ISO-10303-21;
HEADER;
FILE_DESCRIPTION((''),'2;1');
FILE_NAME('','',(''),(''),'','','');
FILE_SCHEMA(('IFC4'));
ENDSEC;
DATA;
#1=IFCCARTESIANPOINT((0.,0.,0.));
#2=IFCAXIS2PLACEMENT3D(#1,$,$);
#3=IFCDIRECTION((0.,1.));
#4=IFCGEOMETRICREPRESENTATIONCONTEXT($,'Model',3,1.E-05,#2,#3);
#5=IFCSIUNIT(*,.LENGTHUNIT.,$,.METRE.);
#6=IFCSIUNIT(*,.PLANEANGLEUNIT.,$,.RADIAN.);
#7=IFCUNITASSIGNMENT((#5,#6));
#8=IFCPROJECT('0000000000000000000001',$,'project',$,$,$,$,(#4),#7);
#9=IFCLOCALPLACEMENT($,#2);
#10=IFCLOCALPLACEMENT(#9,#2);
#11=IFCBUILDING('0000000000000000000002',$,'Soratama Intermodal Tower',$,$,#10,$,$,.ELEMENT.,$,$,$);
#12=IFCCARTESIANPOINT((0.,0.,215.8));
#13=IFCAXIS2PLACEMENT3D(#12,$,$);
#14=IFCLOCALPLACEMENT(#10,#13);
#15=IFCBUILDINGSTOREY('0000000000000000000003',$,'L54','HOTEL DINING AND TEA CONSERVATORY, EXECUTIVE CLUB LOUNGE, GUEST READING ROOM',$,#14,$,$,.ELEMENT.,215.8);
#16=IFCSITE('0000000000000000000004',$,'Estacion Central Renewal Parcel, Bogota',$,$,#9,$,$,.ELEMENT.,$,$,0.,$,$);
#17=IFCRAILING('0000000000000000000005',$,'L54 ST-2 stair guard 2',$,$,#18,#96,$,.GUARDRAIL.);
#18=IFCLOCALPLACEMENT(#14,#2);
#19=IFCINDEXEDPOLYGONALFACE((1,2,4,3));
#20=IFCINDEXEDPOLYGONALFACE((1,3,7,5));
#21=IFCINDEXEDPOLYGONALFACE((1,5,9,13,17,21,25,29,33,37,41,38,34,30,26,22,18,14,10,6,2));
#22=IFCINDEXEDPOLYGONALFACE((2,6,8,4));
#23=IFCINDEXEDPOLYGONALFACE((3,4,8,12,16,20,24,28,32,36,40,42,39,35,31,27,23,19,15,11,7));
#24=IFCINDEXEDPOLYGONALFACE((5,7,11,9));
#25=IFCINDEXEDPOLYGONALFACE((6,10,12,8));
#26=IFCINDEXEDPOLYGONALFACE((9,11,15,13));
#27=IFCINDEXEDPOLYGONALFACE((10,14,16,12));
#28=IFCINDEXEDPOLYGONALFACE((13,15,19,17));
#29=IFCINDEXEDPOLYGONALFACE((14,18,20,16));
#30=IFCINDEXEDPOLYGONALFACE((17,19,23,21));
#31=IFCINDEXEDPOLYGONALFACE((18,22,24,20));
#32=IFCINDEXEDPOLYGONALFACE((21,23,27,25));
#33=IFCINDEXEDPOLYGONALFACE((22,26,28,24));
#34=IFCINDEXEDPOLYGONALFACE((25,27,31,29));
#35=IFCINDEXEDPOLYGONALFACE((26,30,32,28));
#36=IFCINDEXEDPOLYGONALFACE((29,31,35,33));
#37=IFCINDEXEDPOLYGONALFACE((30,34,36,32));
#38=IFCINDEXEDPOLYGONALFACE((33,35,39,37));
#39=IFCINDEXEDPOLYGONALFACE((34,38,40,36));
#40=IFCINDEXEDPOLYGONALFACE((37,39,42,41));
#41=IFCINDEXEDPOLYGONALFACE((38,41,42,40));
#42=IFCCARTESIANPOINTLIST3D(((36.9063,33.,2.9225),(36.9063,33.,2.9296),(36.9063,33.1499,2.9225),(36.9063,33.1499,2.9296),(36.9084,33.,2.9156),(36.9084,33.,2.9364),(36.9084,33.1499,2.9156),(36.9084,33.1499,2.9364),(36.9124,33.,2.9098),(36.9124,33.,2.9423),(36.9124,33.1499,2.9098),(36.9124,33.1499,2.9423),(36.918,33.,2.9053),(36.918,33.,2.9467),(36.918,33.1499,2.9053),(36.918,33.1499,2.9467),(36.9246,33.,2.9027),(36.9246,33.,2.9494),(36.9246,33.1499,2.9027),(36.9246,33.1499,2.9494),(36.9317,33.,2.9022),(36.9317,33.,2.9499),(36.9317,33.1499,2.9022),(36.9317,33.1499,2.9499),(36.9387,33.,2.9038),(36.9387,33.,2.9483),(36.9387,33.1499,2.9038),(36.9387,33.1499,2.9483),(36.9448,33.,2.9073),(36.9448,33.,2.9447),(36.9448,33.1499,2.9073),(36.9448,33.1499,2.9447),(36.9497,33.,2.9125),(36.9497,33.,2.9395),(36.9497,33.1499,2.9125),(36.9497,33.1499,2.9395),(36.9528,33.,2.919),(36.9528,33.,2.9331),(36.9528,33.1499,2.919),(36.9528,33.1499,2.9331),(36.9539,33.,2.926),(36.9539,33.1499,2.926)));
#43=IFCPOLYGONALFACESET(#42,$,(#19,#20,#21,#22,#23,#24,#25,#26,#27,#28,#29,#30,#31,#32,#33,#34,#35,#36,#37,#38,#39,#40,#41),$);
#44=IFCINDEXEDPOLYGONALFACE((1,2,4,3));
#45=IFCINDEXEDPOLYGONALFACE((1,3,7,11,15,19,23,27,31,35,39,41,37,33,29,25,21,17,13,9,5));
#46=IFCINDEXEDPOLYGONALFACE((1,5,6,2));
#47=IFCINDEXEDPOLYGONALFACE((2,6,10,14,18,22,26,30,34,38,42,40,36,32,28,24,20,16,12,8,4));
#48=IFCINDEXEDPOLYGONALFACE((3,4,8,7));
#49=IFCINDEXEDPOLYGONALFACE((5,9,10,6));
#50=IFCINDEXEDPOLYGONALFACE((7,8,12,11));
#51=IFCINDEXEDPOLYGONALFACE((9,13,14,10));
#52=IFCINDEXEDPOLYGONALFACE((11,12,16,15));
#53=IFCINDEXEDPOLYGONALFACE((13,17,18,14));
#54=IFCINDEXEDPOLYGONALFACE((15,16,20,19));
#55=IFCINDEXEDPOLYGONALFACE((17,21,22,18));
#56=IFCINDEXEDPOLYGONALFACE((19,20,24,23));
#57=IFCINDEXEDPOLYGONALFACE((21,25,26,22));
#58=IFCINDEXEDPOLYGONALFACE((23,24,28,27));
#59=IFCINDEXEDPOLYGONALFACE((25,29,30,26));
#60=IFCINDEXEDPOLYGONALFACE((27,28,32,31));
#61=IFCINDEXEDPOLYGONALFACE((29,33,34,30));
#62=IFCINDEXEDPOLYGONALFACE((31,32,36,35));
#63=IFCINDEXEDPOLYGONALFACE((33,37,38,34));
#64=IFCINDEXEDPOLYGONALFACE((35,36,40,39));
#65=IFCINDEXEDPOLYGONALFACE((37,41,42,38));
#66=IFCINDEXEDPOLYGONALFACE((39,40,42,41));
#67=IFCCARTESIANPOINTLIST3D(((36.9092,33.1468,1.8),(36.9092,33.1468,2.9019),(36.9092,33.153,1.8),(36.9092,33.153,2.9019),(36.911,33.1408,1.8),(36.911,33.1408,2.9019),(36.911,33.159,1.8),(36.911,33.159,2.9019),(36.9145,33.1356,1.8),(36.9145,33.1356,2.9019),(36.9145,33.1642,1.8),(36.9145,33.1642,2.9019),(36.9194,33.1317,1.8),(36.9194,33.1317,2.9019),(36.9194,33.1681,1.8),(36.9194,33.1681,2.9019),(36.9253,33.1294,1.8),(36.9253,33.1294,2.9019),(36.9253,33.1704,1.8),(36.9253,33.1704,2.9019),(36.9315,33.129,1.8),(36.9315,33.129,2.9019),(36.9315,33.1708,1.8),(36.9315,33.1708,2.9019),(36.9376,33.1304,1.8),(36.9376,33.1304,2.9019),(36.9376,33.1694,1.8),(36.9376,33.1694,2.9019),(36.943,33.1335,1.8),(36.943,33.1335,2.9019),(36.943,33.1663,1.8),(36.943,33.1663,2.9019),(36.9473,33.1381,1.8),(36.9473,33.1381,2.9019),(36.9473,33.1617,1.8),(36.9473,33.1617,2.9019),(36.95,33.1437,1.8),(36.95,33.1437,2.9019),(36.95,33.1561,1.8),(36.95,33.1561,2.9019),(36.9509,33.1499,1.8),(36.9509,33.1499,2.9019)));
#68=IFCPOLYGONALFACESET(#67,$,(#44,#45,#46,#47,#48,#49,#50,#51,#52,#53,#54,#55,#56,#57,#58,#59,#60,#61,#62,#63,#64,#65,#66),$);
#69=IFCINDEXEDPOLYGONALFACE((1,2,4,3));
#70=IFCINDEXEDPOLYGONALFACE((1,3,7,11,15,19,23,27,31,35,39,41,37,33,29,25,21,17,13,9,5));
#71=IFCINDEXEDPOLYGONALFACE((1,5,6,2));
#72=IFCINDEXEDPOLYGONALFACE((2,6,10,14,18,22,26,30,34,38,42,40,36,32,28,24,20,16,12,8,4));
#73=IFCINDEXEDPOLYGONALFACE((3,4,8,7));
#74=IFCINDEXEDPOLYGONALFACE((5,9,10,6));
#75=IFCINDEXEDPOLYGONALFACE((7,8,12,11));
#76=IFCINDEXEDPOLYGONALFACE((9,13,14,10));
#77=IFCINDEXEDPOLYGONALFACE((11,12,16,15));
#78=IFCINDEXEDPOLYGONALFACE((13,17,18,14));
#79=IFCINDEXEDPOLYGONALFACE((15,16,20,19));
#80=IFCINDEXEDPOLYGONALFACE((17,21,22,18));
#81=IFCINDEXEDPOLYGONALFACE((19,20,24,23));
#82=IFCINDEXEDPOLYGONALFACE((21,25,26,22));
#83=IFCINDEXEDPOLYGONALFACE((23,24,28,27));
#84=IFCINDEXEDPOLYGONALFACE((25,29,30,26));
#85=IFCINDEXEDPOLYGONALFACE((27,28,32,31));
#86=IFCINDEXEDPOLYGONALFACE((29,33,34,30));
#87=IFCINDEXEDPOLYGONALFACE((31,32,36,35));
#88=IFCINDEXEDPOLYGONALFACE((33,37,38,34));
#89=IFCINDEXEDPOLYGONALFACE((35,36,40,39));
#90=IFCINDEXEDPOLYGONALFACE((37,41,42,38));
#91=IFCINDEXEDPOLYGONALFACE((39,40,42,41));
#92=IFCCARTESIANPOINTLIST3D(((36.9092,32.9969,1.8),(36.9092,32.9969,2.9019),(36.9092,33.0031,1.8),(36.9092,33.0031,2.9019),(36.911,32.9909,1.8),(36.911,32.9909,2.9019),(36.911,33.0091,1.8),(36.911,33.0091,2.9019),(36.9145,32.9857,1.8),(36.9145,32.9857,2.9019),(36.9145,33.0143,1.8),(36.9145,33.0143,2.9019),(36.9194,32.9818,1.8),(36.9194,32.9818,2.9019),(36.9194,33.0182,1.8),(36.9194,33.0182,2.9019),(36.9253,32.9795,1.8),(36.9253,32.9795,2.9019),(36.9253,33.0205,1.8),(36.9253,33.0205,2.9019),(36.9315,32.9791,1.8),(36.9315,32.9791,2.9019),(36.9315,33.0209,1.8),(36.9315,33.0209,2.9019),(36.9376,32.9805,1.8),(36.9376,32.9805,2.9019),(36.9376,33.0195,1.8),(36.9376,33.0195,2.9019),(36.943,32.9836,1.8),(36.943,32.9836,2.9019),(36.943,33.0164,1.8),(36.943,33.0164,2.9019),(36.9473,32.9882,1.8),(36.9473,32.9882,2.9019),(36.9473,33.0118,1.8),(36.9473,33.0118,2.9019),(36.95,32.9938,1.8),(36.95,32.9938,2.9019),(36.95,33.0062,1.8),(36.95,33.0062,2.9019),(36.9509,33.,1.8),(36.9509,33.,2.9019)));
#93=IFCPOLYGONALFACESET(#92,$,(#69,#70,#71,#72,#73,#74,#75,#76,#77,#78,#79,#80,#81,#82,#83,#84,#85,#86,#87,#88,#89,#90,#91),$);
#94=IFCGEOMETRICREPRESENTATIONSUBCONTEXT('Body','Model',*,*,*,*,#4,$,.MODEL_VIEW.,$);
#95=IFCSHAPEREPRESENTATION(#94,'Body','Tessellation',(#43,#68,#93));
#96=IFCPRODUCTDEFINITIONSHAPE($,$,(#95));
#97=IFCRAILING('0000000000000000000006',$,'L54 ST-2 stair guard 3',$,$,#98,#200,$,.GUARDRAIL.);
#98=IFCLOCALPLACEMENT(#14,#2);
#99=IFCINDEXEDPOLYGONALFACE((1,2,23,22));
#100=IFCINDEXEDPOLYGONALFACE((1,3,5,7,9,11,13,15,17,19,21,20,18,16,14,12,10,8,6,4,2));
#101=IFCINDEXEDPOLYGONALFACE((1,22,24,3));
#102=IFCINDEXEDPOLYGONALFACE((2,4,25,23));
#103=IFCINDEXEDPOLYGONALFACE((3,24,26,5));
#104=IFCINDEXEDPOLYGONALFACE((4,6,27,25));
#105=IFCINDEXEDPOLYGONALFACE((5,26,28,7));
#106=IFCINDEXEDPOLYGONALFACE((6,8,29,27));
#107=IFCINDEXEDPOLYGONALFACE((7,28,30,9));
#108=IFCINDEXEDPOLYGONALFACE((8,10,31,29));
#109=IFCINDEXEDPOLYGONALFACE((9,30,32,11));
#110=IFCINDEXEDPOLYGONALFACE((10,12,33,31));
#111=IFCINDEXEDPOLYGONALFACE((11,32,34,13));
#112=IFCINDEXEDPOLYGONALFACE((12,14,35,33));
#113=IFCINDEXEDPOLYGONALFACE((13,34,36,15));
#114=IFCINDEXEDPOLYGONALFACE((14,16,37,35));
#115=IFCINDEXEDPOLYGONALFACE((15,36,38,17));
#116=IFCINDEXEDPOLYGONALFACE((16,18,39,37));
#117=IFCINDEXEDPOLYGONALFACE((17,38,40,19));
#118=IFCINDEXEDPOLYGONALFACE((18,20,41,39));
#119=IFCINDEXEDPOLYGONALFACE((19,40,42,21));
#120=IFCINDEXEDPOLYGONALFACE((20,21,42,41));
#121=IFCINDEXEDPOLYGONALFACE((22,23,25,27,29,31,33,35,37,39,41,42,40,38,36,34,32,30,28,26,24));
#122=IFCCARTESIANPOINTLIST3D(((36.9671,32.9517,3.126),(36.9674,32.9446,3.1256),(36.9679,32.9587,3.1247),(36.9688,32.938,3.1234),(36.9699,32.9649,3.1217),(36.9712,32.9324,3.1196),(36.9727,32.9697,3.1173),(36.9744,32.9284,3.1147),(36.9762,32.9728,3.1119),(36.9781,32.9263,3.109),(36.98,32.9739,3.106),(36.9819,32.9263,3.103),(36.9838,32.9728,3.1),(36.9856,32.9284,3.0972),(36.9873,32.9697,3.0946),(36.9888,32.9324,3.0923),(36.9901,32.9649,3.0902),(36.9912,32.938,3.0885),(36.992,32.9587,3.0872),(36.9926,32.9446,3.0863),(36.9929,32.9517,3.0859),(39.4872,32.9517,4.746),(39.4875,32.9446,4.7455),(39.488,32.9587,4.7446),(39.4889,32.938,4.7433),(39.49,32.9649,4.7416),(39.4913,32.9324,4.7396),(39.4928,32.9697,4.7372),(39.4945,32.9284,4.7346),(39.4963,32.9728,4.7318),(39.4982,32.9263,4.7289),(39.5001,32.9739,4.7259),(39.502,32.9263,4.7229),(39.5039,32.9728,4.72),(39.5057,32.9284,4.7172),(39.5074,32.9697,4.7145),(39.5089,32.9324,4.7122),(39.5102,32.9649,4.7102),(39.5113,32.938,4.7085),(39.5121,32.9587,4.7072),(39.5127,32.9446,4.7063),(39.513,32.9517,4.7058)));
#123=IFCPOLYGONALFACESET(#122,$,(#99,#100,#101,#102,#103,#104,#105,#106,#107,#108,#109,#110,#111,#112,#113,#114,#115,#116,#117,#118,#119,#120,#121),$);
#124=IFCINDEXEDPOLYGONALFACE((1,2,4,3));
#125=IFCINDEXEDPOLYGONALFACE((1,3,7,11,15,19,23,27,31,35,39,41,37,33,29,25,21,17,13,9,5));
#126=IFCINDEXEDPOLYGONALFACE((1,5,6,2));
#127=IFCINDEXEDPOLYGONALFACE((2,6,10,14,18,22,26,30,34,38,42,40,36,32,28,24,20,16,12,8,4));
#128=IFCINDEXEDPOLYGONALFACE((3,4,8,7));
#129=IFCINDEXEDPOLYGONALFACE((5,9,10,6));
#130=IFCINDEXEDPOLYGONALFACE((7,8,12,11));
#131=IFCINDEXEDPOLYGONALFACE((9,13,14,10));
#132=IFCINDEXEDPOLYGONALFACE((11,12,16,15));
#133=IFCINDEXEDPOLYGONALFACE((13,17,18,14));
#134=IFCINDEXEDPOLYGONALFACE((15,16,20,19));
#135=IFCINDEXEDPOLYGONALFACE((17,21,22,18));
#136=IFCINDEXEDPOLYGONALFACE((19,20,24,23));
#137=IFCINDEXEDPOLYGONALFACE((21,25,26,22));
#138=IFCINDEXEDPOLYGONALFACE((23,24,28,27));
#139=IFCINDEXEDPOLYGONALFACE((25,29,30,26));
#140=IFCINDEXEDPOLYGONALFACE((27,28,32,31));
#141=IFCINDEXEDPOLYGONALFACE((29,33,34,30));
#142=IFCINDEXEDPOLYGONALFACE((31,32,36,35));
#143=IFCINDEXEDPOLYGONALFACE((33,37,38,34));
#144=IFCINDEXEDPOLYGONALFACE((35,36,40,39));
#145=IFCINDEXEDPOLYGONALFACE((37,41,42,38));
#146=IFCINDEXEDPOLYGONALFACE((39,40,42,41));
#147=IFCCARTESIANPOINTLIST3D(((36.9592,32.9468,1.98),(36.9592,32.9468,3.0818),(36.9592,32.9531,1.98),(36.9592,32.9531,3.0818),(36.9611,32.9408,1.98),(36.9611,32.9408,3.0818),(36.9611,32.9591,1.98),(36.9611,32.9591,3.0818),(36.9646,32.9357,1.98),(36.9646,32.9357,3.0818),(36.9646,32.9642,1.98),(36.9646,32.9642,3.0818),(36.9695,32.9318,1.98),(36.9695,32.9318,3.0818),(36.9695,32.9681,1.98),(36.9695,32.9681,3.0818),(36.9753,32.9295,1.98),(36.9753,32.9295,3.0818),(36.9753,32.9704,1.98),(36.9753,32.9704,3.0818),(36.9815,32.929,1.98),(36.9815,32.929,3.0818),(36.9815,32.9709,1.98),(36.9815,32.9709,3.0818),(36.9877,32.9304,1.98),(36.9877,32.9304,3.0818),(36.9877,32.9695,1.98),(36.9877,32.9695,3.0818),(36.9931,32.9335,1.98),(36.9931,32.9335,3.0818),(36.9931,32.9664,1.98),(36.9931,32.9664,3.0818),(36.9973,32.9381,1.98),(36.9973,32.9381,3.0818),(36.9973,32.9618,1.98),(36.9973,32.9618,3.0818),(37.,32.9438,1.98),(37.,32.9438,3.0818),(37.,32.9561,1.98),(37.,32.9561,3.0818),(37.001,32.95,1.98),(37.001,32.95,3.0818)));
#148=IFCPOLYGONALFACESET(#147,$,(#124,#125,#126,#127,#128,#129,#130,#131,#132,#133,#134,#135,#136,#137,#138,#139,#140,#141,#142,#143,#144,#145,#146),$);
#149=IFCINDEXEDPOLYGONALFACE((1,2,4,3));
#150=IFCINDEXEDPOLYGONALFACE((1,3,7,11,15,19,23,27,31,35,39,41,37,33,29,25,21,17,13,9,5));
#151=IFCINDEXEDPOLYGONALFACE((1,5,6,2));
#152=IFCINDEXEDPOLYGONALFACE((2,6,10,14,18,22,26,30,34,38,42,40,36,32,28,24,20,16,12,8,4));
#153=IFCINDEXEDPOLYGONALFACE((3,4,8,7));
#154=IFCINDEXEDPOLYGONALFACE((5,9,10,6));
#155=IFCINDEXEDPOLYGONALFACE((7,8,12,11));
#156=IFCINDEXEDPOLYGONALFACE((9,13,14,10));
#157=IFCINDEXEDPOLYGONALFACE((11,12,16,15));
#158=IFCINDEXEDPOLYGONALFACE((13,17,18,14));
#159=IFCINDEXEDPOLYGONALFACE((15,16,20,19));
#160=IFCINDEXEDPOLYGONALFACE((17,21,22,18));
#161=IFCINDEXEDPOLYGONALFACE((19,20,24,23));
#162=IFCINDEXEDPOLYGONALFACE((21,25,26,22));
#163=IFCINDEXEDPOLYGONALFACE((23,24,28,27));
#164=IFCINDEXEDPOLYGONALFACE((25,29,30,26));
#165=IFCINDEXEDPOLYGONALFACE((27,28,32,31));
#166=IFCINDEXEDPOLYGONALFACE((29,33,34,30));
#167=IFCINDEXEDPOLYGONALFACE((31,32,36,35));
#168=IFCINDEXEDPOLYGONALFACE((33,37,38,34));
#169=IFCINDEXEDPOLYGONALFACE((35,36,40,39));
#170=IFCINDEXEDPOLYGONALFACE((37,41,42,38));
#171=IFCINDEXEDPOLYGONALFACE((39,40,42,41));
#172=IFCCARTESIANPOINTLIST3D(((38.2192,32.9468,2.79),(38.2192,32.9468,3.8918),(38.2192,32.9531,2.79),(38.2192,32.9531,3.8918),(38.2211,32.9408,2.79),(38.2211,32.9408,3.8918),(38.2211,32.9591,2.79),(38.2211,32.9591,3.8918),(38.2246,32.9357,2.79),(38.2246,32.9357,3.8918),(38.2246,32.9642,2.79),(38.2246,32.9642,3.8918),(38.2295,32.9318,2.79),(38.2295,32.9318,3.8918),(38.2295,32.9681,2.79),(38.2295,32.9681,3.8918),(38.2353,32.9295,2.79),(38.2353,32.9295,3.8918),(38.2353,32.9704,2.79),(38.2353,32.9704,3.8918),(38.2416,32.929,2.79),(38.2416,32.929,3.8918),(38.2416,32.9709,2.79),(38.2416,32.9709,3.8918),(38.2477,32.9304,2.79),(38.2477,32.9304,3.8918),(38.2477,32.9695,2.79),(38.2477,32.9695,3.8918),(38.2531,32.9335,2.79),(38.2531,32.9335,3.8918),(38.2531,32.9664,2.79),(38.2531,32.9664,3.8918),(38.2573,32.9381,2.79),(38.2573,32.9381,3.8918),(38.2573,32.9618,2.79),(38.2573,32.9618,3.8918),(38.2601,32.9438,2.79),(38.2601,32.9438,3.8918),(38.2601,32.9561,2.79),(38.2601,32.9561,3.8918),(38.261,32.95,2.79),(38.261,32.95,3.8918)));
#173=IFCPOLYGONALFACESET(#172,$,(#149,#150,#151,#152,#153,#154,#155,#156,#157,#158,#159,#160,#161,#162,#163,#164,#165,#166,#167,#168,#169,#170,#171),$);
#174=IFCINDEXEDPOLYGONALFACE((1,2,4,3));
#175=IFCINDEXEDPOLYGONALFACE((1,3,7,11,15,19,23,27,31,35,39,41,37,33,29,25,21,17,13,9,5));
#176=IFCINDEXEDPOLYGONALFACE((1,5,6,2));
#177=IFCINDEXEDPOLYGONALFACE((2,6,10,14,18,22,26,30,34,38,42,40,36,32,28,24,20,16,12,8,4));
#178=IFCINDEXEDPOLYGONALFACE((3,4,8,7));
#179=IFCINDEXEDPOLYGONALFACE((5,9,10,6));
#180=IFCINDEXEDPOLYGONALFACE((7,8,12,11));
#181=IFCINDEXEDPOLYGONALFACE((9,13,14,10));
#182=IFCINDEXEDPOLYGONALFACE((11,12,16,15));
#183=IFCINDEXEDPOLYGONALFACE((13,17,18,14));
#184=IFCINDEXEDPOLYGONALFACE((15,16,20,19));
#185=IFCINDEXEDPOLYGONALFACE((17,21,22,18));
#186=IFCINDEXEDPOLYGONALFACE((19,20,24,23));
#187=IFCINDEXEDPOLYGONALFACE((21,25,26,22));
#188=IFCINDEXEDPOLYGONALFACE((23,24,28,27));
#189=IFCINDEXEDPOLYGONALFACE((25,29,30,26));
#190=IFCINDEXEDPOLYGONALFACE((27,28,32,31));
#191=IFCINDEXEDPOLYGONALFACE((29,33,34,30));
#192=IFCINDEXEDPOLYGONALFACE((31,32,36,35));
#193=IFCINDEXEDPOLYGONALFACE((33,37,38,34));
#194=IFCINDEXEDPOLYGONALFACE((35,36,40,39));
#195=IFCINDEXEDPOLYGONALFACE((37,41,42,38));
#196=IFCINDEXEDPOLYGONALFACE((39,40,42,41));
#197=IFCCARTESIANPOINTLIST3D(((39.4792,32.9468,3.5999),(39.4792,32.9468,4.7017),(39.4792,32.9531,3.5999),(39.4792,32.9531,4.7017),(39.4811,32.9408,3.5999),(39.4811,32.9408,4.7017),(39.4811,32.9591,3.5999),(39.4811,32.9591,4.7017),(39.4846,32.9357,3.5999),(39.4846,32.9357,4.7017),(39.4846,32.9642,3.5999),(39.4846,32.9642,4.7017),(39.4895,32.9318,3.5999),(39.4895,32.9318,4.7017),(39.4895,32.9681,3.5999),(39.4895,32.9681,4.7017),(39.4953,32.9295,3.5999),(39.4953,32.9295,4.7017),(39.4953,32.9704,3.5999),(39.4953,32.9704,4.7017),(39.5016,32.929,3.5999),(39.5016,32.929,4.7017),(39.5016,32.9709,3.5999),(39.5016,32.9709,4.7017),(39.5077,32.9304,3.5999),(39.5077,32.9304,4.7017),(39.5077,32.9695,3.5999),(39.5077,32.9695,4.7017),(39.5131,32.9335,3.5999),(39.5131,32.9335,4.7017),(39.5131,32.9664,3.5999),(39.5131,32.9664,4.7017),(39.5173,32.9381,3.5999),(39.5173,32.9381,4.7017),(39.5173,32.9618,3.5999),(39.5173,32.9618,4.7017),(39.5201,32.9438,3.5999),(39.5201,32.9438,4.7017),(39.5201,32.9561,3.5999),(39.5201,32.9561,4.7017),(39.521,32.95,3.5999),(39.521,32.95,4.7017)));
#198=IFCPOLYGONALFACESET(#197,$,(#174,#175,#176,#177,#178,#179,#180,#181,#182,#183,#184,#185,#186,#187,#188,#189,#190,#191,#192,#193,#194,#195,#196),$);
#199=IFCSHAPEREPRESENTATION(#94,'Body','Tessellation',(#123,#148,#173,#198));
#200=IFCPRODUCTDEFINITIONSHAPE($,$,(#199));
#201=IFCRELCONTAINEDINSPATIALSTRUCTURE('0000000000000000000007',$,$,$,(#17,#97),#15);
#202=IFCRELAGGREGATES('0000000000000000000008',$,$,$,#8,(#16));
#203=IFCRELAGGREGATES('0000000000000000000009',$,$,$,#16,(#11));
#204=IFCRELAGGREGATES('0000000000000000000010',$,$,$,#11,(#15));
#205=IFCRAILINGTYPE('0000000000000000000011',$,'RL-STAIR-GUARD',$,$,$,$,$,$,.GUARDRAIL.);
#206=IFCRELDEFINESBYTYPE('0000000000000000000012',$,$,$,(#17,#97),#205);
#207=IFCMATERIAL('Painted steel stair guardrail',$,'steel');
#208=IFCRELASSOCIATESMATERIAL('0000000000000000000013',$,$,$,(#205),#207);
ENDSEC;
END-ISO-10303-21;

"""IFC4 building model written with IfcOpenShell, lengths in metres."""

from ifc_helpers import new_model, si_unit, direction, frame, origin, origin_2d, place, context, subcontext, project, spatial, circle, extrude, material, type_object, element, save


model = new_model("IFC4")

# Units and contexts
model_context = context("Model", 3, precision=1e-05, world=origin(), true_north=direction((0.0, 1.0)))
body_context = subcontext(model_context, "Body", "Model", "MODEL_VIEW")
ifc_project = project(units=[si_unit("LENGTHUNIT", "METRE"), si_unit("PLANEANGLEUNIT", "RADIAN")], contexts=[model_context])

# Site, building, storey
site_placement = place(None, origin())
site = spatial("IfcSite", under=ifc_project, at=site_placement, Name="Estacion Central Renewal Parcel, Bogota", CompositionType="ELEMENT", RefElevation=0.0)
building_placement = place(site_placement, origin())
building = spatial("IfcBuilding", under=site, at=building_placement, Name="Soratama Intermodal Tower", CompositionType="ELEMENT")
storey_placement = place(building_placement, frame((0.0, 0.0, 215.8)))
storey = spatial("IfcBuildingStorey", under=building, at=storey_placement, Name="L54", Description="HOTEL DINING AND TEA CONSERVATORY, EXECUTIVE CLUB LOUNGE, GUEST READING ROOM", CompositionType="ELEMENT", Elevation=215.8)

# Railings
ifc_material_1 = material(Name="Painted steel stair guardrail", Category="steel")
railing_type_1 = type_object("IfcRailingType", Name="RL-STAIR-GUARD", PredefinedType="GUARDRAIL", material=ifc_material_1)
railing_1_placement = place(storey_placement, frame((36.9299, 33.1499, 1.8)))
element("IfcRailing", 1, at=railing_1_placement, inside=storey, type_object=railing_type_1, Name="L54 ST-2 stair guard 2", PredefinedType="GUARDRAIL", context=body_context, shape_type="SweptSolid", body=[
    extrude(circle(Radius=0.0239, at=origin_2d()), frame((0.0, 0.0, 1.126), z_axis=(0.0, -1.0, 0.0), x_axis=(1.0, 0.0, 0.0)), (0.0, 0.0, 1.0), 0.1499),
    extrude(circle(Radius=0.021, at=origin_2d()), origin(), (0.0, 0.0, 1.0), 1.1018),
    extrude(circle(Radius=0.021, at=origin_2d()), frame((0.0, -0.1499, 0.0)), (0.0, 0.0, 1.0), 1.1018),
])
railing_2_placement = place(storey_placement, frame((36.98, 32.95, 1.98)))
element("IfcRailing", 2, at=railing_2_placement, inside=storey, type_object=railing_type_1, Name="L54 ST-2 stair guard 3", PredefinedType="GUARDRAIL", context=body_context, shape_type="SweptSolid", body=[
    extrude(circle(Radius=0.0239, at=origin_2d()), frame((0.0, 0.0, 1.126), z_axis=(0.8412, 0.0, 0.540725), x_axis=(0.0, 1.0, 0.0)), (0.0, 0.0, 1.0), 2.9958),
    extrude(circle(Radius=0.021, at=origin_2d()), origin(), (0.0, 0.0, 1.0), 1.1018),
    extrude(circle(Radius=0.021, at=origin_2d()), frame((1.26, 0.0, 0.8101)), (0.0, 0.0, 1.0), 1.1018),
    extrude(circle(Radius=0.021, at=origin_2d()), frame((2.52, 0.0, 1.6199)), (0.0, 0.0, 1.0), 1.1018),
])

save(model, "model.ifc")
